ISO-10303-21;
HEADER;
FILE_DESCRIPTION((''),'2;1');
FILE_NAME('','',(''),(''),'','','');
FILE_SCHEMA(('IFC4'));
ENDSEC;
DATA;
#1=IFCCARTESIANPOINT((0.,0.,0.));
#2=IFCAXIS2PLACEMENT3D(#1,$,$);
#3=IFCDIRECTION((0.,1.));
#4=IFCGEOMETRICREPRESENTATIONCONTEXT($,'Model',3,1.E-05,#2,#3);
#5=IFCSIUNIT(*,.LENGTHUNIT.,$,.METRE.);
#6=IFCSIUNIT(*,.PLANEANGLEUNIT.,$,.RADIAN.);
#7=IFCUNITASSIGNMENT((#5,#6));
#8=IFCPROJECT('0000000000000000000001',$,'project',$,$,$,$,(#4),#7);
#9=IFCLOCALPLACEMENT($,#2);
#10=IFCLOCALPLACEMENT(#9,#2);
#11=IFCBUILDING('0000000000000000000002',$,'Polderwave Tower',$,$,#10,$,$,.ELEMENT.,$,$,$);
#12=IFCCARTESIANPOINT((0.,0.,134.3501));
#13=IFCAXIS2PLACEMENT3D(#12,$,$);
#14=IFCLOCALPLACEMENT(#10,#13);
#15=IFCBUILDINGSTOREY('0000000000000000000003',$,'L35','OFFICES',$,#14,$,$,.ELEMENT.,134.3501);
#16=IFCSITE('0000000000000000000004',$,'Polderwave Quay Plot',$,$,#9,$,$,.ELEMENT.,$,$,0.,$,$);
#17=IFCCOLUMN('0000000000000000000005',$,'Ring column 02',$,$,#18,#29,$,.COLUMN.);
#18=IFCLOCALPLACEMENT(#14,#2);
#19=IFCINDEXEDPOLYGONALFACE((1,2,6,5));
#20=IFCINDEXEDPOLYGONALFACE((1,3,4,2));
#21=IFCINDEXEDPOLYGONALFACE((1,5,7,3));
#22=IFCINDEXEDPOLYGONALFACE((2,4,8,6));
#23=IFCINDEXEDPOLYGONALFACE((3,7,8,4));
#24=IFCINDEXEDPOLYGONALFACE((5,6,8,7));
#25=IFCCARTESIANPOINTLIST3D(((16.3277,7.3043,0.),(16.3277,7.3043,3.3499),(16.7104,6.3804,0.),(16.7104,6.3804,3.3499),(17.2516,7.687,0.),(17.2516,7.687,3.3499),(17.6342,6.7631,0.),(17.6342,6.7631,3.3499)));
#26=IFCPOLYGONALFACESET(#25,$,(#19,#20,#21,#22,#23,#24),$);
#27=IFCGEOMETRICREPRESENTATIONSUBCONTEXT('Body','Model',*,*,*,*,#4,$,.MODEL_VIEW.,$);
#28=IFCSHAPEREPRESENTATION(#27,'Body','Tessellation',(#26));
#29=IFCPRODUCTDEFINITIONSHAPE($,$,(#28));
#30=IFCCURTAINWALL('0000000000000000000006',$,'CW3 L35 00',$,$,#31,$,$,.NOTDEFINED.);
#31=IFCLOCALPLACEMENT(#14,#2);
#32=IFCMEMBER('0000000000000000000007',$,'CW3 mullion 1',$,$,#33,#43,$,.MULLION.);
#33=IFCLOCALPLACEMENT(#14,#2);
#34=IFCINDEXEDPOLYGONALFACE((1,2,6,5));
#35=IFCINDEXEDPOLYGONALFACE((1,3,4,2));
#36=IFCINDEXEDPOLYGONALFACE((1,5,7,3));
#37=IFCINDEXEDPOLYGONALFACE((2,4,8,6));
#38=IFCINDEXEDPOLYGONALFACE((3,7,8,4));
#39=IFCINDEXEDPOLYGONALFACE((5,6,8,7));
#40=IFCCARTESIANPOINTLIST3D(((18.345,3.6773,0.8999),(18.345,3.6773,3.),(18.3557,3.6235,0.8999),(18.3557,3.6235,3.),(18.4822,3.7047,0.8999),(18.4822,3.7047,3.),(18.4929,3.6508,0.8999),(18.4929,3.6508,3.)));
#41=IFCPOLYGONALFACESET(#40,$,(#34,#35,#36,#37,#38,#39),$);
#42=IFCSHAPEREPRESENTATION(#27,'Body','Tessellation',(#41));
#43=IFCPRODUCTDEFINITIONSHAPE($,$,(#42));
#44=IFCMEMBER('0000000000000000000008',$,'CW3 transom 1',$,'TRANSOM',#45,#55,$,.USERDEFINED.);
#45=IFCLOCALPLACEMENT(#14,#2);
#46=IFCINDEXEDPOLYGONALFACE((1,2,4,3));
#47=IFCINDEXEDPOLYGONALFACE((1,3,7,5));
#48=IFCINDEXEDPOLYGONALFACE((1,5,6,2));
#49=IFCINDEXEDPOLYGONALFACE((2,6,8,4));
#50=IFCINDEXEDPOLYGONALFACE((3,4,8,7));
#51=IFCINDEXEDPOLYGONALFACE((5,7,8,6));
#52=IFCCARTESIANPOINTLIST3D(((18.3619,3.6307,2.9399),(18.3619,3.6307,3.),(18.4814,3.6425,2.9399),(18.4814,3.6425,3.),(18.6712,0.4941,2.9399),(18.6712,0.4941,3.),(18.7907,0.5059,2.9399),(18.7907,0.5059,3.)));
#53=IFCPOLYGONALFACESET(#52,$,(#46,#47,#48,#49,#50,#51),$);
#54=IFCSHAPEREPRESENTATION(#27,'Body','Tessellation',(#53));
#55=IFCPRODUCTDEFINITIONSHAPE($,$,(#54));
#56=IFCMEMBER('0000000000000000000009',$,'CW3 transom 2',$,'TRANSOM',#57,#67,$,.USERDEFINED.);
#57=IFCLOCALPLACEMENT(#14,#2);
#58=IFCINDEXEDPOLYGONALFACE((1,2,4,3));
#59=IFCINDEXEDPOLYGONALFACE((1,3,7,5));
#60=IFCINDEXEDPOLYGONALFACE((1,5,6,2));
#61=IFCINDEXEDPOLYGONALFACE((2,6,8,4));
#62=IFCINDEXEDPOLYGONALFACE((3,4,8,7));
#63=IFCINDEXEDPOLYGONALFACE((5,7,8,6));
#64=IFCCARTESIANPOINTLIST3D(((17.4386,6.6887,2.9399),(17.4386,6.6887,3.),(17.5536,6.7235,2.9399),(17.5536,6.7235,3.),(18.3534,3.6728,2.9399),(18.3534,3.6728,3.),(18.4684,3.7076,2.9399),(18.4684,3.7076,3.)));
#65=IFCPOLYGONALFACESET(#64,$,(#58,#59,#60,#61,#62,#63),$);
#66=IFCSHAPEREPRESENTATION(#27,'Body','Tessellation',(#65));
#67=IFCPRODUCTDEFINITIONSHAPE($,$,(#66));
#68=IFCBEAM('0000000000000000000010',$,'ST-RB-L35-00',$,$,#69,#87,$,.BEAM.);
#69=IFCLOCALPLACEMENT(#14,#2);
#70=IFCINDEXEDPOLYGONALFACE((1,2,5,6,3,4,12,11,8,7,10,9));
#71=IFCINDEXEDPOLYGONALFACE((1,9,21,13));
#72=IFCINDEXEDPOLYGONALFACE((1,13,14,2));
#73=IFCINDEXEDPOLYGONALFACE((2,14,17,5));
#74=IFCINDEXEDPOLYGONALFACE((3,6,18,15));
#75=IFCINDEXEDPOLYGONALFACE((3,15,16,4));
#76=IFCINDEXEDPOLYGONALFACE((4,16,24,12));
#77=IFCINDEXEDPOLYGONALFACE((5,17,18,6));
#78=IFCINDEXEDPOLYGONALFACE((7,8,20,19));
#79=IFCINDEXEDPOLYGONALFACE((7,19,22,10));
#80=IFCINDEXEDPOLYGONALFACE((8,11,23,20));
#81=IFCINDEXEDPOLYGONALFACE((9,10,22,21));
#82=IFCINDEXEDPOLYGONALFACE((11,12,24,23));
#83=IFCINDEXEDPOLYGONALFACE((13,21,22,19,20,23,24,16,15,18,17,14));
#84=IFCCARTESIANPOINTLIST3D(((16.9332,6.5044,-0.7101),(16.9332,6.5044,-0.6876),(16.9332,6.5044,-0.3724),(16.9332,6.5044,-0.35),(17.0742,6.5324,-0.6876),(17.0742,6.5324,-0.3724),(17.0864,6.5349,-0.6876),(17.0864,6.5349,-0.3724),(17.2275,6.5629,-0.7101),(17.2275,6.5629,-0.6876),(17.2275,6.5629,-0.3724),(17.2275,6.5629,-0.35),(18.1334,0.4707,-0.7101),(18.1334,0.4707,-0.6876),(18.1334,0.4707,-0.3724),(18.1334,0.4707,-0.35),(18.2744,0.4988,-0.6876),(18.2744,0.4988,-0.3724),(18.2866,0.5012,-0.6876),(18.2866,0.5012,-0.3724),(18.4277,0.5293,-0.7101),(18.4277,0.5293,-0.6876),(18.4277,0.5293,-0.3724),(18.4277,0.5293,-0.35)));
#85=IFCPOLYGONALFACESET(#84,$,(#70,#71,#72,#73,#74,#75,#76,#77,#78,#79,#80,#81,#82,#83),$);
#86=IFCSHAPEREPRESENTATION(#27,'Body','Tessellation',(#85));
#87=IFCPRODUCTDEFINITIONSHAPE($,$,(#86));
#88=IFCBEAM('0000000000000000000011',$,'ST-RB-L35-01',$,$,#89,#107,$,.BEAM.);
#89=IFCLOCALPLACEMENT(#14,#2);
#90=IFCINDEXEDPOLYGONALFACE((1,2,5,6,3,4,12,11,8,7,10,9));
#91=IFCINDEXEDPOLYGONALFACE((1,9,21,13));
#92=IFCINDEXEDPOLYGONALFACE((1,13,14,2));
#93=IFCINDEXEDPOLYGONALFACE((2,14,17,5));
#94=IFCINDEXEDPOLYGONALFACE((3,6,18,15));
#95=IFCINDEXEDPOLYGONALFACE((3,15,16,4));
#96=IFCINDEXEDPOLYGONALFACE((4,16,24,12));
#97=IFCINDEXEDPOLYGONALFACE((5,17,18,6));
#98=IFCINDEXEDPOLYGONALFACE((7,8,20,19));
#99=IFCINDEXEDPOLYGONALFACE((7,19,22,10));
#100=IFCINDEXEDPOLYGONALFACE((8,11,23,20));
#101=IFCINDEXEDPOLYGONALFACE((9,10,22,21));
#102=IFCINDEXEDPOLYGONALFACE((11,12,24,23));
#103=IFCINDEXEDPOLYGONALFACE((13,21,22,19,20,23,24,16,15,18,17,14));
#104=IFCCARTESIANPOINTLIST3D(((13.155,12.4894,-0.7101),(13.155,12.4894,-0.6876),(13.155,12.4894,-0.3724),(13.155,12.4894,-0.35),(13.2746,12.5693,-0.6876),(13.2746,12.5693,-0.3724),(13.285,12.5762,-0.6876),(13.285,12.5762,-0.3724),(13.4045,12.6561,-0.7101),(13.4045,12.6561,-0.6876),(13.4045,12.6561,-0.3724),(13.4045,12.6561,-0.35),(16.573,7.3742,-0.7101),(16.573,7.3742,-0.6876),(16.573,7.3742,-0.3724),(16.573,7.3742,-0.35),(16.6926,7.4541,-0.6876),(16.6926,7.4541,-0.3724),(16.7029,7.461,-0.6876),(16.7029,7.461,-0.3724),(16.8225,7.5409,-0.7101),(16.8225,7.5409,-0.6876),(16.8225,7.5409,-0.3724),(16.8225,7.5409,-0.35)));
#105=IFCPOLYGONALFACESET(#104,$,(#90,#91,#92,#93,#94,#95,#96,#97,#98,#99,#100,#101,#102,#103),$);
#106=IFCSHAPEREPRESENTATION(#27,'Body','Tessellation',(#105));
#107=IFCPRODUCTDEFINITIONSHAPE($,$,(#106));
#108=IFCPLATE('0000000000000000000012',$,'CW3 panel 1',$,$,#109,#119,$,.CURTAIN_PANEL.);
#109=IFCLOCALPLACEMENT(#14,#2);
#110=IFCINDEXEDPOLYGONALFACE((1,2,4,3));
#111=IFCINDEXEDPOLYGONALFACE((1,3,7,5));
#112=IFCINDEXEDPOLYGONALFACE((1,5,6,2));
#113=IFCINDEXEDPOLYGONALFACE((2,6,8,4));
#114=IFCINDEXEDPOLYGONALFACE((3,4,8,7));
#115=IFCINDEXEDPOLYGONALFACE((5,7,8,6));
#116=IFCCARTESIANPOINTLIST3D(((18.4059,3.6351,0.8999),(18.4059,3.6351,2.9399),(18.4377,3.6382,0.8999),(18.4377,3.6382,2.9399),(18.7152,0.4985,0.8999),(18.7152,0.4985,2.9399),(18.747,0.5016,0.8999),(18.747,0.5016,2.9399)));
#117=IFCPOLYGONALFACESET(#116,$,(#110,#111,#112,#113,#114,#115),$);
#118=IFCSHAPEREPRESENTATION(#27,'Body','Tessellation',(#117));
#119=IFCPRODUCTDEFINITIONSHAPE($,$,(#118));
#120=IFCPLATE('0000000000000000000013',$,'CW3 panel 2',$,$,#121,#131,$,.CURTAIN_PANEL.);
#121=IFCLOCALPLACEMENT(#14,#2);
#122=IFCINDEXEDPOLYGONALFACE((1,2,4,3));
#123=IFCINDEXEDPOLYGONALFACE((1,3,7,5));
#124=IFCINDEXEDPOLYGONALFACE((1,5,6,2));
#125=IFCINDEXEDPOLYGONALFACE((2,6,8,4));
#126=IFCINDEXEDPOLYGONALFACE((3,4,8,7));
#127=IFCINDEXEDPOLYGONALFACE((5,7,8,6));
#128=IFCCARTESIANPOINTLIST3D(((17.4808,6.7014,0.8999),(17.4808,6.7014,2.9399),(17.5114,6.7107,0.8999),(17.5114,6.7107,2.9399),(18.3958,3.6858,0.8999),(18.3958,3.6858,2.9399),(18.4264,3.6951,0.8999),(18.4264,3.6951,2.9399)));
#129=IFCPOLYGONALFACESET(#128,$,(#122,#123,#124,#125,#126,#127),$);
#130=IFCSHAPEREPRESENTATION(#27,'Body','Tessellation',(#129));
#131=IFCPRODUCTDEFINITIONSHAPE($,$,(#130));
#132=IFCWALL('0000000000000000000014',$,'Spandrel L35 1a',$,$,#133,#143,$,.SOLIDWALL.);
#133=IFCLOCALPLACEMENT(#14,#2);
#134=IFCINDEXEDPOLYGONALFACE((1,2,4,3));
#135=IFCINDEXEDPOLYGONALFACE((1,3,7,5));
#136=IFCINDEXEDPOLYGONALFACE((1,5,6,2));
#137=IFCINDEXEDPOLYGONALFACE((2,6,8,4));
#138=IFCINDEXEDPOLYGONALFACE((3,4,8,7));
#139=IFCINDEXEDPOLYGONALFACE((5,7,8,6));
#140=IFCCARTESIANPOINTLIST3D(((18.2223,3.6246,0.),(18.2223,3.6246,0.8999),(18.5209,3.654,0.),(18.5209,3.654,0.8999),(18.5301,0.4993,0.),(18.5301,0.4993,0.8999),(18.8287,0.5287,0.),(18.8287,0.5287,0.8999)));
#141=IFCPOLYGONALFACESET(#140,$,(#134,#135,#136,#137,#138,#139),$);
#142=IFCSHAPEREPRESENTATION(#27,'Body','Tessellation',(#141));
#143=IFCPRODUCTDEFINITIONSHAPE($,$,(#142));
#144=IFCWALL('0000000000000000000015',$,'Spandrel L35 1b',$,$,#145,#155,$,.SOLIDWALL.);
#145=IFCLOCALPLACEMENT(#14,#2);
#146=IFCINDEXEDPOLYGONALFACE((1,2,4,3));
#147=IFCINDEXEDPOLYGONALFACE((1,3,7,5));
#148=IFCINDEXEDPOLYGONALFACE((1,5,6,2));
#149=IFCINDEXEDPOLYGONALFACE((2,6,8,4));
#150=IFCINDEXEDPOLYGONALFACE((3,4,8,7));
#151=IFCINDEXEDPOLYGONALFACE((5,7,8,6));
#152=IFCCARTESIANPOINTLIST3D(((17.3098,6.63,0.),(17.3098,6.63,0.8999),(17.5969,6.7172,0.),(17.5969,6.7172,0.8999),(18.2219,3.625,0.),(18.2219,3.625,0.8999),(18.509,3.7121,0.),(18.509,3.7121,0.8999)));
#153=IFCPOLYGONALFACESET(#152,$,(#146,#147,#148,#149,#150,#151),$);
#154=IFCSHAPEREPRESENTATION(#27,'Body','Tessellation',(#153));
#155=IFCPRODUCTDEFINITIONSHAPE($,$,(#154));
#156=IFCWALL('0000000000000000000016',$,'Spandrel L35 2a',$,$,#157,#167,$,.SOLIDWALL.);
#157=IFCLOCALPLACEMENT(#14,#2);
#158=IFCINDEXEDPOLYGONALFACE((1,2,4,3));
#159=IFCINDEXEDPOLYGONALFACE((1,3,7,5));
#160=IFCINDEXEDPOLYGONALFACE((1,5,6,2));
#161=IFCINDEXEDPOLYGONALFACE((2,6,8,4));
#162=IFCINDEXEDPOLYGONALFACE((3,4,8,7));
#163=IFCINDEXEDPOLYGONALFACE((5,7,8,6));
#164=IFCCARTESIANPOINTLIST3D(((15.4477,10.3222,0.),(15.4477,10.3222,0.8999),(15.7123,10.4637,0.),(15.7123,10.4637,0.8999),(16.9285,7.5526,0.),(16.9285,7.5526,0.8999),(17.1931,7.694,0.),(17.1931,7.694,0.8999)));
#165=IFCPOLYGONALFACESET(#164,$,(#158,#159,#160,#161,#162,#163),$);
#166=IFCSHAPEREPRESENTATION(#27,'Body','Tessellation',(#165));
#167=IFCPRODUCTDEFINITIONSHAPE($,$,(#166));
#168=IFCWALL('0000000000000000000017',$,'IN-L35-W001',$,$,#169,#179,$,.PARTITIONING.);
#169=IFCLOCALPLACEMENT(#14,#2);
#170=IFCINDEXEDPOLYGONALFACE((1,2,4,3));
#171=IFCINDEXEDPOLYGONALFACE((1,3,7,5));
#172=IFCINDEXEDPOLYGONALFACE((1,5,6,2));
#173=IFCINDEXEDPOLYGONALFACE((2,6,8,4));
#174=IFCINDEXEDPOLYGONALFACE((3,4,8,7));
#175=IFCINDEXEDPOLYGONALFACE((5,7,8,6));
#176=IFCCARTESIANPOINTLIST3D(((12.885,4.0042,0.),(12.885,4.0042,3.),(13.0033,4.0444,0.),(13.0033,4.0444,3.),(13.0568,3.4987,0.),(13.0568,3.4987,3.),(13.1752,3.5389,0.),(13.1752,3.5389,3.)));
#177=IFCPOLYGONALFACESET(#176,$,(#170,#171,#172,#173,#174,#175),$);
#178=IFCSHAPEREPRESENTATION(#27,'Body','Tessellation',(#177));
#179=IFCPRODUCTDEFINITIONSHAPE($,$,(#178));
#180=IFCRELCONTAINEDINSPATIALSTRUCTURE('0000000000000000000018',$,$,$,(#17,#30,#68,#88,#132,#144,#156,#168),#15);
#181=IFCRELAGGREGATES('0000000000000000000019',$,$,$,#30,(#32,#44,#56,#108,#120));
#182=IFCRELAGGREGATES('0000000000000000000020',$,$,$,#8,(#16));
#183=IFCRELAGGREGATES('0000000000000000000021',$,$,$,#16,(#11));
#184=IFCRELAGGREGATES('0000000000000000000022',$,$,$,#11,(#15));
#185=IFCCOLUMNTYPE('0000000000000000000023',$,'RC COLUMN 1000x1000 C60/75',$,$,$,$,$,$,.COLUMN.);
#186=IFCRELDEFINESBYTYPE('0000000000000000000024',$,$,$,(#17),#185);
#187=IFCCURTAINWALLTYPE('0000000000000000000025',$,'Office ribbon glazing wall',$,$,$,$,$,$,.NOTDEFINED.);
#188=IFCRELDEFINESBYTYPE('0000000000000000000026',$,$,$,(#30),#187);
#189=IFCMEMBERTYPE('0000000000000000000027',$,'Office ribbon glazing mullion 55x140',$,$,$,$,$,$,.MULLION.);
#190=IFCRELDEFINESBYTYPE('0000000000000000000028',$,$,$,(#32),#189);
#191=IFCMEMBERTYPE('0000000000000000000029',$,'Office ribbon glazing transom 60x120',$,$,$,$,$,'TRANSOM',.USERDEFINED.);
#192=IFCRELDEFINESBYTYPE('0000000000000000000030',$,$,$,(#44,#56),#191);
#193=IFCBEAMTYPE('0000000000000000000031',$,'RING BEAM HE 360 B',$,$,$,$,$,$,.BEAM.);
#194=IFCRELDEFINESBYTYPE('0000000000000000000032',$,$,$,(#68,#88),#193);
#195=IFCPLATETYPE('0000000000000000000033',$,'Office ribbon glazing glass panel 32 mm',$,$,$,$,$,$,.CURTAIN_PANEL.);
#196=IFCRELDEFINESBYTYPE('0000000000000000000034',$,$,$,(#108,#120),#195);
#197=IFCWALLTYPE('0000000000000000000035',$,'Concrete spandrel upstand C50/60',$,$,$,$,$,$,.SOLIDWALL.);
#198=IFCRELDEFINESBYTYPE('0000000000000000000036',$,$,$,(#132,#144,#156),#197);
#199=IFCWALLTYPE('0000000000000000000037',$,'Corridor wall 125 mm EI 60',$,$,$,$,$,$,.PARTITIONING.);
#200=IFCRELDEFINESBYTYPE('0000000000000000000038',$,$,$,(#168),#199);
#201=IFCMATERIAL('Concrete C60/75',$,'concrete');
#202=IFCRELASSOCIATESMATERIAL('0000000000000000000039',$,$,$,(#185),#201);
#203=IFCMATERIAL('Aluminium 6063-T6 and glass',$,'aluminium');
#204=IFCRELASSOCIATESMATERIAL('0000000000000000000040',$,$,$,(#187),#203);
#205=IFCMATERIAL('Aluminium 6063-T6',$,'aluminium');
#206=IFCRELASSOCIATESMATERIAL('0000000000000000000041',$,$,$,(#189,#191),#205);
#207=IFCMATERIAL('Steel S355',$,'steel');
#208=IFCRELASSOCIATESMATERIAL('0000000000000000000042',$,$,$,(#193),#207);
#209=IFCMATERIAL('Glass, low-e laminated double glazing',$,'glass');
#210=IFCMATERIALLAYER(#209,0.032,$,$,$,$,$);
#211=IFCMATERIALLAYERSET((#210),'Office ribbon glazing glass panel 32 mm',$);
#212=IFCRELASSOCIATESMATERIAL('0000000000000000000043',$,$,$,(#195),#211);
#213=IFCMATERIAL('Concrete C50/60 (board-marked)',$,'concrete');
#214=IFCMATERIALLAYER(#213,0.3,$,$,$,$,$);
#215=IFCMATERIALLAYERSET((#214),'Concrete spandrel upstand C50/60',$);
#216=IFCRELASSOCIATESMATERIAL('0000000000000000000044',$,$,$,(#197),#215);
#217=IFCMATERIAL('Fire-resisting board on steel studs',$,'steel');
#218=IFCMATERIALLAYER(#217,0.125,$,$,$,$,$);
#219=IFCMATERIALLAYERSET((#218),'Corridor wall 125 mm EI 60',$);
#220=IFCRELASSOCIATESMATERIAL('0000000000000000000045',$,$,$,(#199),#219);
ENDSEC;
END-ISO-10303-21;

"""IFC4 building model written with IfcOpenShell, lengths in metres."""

from ifc_helpers import new_model, si_unit, direction, frame, frame_2d, origin, origin_2d, place, context, subcontext, project, spatial, rectangle, i_section, extrude, material, layer, layer_set, material_profile, profile_set, type_object, element, aggregate, save


model = new_model("IFC4")

# Units and contexts
model_context = context("Model", 3, precision=1e-05, world=origin(), true_north=direction((0.0, 1.0)))
body_context = subcontext(model_context, "Body", "Model", "MODEL_VIEW")
ifc_project = project(units=[si_unit("LENGTHUNIT", "METRE"), si_unit("PLANEANGLEUNIT", "RADIAN")], contexts=[model_context])

# Site, building, storey
site_placement = place(None, origin())
site = spatial("IfcSite", under=ifc_project, at=site_placement, Name="Polderwave Quay Plot", CompositionType="ELEMENT", RefElevation=0.0)
building_placement = place(site_placement, origin())
building = spatial("IfcBuilding", under=site, at=building_placement, Name="Polderwave Tower", CompositionType="ELEMENT")
storey_placement = place(building_placement, frame((0.0, 0.0, 134.3501)))
storey = spatial("IfcBuildingStorey", under=building, at=storey_placement, Name="L35", Description="OFFICES", CompositionType="ELEMENT", Elevation=134.3501)

# Column
ifc_material_1 = material(Name="Concrete C60/75", Category="concrete")
ifc_material_profile_1 = material_profile(ifc_material_1, rectangle(XDim=1.0, YDim=1.0, at=origin_2d()), Name="RC 1000x1000")
ifc_profile_set_1 = profile_set([ifc_material_profile_1], Name="Concrete C60/75")
column_type = type_object("IfcColumnType", Name="RC COLUMN 1000x1000 C60/75", PredefinedType="COLUMN", material=ifc_profile_set_1)
column_placement = place(storey_placement, frame((16.981, 7.0337, 0.0), z_axis=(0.0, 0.0, 1.0), x_axis=(0.92388, 0.382683, 0.0)))
element("IfcColumn", 1, at=column_placement, inside=storey, type_object=column_type, Name="Ring column 02", PredefinedType="COLUMN", context=body_context, shape_type="SweptSolid", body=[
    extrude(rectangle(XDim=1.0, YDim=1.0, at=origin_2d()), origin(), (0.0, 0.0, 1.0), 3.3499),
])

# Curtain wall, members
ifc_material_2 = material(Name="Aluminium 6063-T6 and glass", Category="aluminium")
curtain_wall_type = type_object("IfcCurtainWallType", Name="Office ribbon glazing wall", PredefinedType="NOTDEFINED", material=ifc_material_2)
curtain_wall_placement = place(storey_placement, origin())
curtain_wall = element("IfcCurtainWall", 2, at=curtain_wall_placement, inside=storey, type_object=curtain_wall_type, Name="CW3 L35 00", PredefinedType="NOTDEFINED")
ifc_material_3 = material(Name="Aluminium 6063-T6", Category="aluminium")
ifc_material_profile_2 = material_profile(ifc_material_3, rectangle(XDim=0.1399, YDim=0.0549, at=origin_2d()), Name="AL 55x140")
ifc_profile_set_2 = profile_set([ifc_material_profile_2], Name="Aluminium 6063-T6")
member_type_1 = type_object("IfcMemberType", Name="Office ribbon glazing mullion 55x140", PredefinedType="MULLION", material=ifc_profile_set_2)
member_1_placement = place(storey_placement, frame((18.4189, 3.6641, 0.8999), z_axis=(0.0, 0.0, 1.0), x_axis=(-0.980768, -0.195179, 0.0)))
member_1 = element("IfcMember", 3, at=member_1_placement, type_object=member_type_1, Name="CW3 mullion 1", PredefinedType="MULLION", context=body_context, shape_type="SweptSolid", body=[
    extrude(rectangle(XDim=0.1399, YDim=0.0549, at=origin_2d()), origin(), (0.0, 0.0, 1.0), 2.1001),
])
ifc_material_profile_3 = material_profile(ifc_material_3, rectangle(XDim=0.1201, YDim=0.0601, at=origin_2d()), Name="AL 60x120")
ifc_profile_set_3 = profile_set([ifc_material_profile_3], Name="Aluminium 6063-T6")
member_type_2 = type_object("IfcMemberType", Name="Office ribbon glazing transom 60x120", ElementType="TRANSOM", PredefinedType="USERDEFINED", material=ifc_profile_set_3)
member_2_placement = place(storey_placement, frame((18.731, 0.5, 2.97), z_axis=(-0.098139, 0.995173, 0.0), x_axis=(-0.995173, -0.098139, 0.0)))
member_2 = element("IfcMember", 4, at=member_2_placement, type_object=member_type_2, Name="CW3 transom 1", ObjectType="TRANSOM", PredefinedType="USERDEFINED", context=body_context, shape_type="SweptSolid", body=[
    extrude(rectangle(XDim=0.1201, YDim=0.0601, at=origin_2d()), origin(), (0.0, 0.0, 1.0), 3.1519),
])
member_3_placement = place(storey_placement, frame((18.4109, 3.6902, 2.97), z_axis=(-0.290268, 0.956946, 0.0), x_axis=(-0.956946, -0.290268, 0.0)))
member_3 = element("IfcMember", 5, at=member_3_placement, type_object=member_type_2, Name="CW3 transom 2", ObjectType="TRANSOM", PredefinedType="USERDEFINED", context=body_context, shape_type="SweptSolid", body=[
    extrude(rectangle(XDim=0.1201, YDim=0.0601, at=origin_2d()), origin(), (0.0, 0.0, 1.0), 3.1516),
])

# Beams
ifc_material_4 = material(Name="Steel S355", Category="steel")
ifc_material_profile_4 = material_profile(ifc_material_4, i_section(OverallWidth=0.3, OverallDepth=0.3601, WebThickness=0.0125, FlangeThickness=0.0225, at=origin_2d()), Name="HE 360 B")
ifc_profile_set_4 = profile_set([ifc_material_profile_4], Name="Steel S355")
beam_type = type_object("IfcBeamType", Name="RING BEAM HE 360 B", PredefinedType="BEAM", material=ifc_profile_set_4)
beam_1_placement = place(storey_placement, frame((18.2805, 0.5, -0.53), z_axis=(-0.195093, 0.980785, 0.0), x_axis=(-0.980785, -0.195093, 0.0)))
element("IfcBeam", 6, at=beam_1_placement, inside=storey, type_object=beam_type, Name="ST-RB-L35-00", PredefinedType="BEAM", context=body_context, shape_type="SweptSolid", body=[
    extrude(i_section(OverallWidth=0.3, OverallDepth=0.3601, WebThickness=0.0125, FlangeThickness=0.0225, at=origin_2d()), origin(), (0.0, 0.0, 1.0), 6.1519),
])
beam_2_placement = place(storey_placement, frame((16.6978, 7.4575, -0.53), z_axis=(-0.555579, 0.831464, 0.0), x_axis=(-0.831464, -0.555579, 0.0)))
element("IfcBeam", 7, at=beam_2_placement, inside=storey, type_object=beam_type, Name="ST-RB-L35-01", PredefinedType="BEAM", context=body_context, shape_type="SweptSolid", body=[
    extrude(i_section(OverallWidth=0.3, OverallDepth=0.3601, WebThickness=0.0125, FlangeThickness=0.0225, at=origin_2d()), origin(), (0.0, 0.0, 1.0), 6.1521),
])

# Plates
ifc_material_5 = material(Name="Glass, low-e laminated double glazing", Category="glass")
ifc_layer_1 = layer(ifc_material_5, 0.032)
ifc_layer_set_1 = layer_set([ifc_layer_1], Name="Office ribbon glazing glass panel 32 mm")
plate_type = type_object("IfcPlateType", Name="Office ribbon glazing glass panel 32 mm", PredefinedType="CURTAIN_PANEL", material=ifc_layer_set_1)
plate_1_placement = place(storey_placement, frame((18.5764, 2.0684, 0.8999), z_axis=(0.0, 0.0, 1.0), x_axis=(-0.098134, 0.995173, 0.0)))
plate_1 = element("IfcPlate", 8, at=plate_1_placement, type_object=plate_type, Name="CW3 panel 1", PredefinedType="CURTAIN_PANEL", context=body_context, shape_type="SweptSolid", body=[
    extrude(rectangle(XDim=3.1519, YDim=0.032, at=origin_2d()), origin(), (0.0, 0.0, 1.0), 2.04),
])
plate_2_placement = place(storey_placement, frame((17.9536, 5.1982, 0.8999), z_axis=(0.0, 0.0, 1.0), x_axis=(-0.290348, 0.956921, 0.0)))
plate_2 = element("IfcPlate", 9, at=plate_2_placement, type_object=plate_type, Name="CW3 panel 2", PredefinedType="CURTAIN_PANEL", context=body_context, shape_type="SweptSolid", body=[
    extrude(rectangle(XDim=3.1514, YDim=0.032, at=origin_2d()), origin(), (0.0, 0.0, 1.0), 2.04),
])
aggregate(curtain_wall, [member_1, member_2, member_3, plate_1, plate_2])

# Walls
ifc_material_6 = material(Name="Concrete C50/60 (board-marked)", Category="concrete")
ifc_layer_2 = layer(ifc_material_6, 0.3)
ifc_layer_set_2 = layer_set([ifc_layer_2], Name="Concrete spandrel upstand C50/60")
wall_type_1 = type_object("IfcWallType", Name="Concrete spandrel upstand C50/60", PredefinedType="SOLIDWALL", material=ifc_layer_set_2)
for number, where, z_axis, x_axis, name in (
    (10, (18.6794, 0.5139, 0.0), (0.0, 0.0, 1.0), (-0.098033, 0.995183, 0.0), "Spandrel L35 1a"),
    (11, (18.3655, 3.6685, 0.0), (0.0, 0.0, 1.0), (-0.290435, 0.956895, 0.0), "Spandrel L35 1b"),
):
    element("IfcWall", number, at=place(storey_placement, frame(where, z_axis=z_axis, x_axis=x_axis)), inside=storey, type_object=wall_type_1, Name=name, PredefinedType="SOLIDWALL", context=body_context, shape_type="SweptSolid", body=[
        extrude(rectangle(XDim=3.1404, YDim=0.3, at=frame_2d((1.5703, 0.0))), origin(), (0.0, 0.0, 1.0), 0.8999),
    ])
wall_1_placement = place(storey_placement, frame((17.0608, 7.6233, 0.0), z_axis=(0.0, 0.0, 1.0), x_axis=(-0.471488, 0.881873, 0.0)))
element("IfcWall", 12, at=wall_1_placement, inside=storey, type_object=wall_type_1, Name="Spandrel L35 2a", PredefinedType="SOLIDWALL", context=body_context, shape_type="SweptSolid", body=[
    extrude(rectangle(XDim=3.1406, YDim=0.3, at=frame_2d((1.5703, 0.0))), origin(), (0.0, 0.0, 1.0), 0.8999),
])
ifc_material_7 = material(Name="Fire-resisting board on steel studs", Category="steel")
ifc_layer_3 = layer(ifc_material_7, 0.125)
ifc_layer_set_3 = layer_set([ifc_layer_3], Name="Corridor wall 125 mm EI 60")
wall_type_2 = type_object("IfcWallType", Name="Corridor wall 125 mm EI 60", PredefinedType="PARTITIONING", material=ifc_layer_set_3)
wall_2_placement = place(storey_placement, frame((12.9441, 4.0244, 0.0), z_axis=(0.0, 0.0, 1.0), x_axis=(0.321845, -0.946792, 0.0)))
element("IfcWall", 13, at=wall_2_placement, inside=storey, type_object=wall_type_2, Name="IN-L35-W001", PredefinedType="PARTITIONING", context=body_context, shape_type="SweptSolid", body=[
    extrude(rectangle(XDim=0.5339, YDim=0.125, at=frame_2d((0.2671, 0.0))), origin(), (0.0, 0.0, 1.0), 3.0),
])

save(model, "model.ifc")
